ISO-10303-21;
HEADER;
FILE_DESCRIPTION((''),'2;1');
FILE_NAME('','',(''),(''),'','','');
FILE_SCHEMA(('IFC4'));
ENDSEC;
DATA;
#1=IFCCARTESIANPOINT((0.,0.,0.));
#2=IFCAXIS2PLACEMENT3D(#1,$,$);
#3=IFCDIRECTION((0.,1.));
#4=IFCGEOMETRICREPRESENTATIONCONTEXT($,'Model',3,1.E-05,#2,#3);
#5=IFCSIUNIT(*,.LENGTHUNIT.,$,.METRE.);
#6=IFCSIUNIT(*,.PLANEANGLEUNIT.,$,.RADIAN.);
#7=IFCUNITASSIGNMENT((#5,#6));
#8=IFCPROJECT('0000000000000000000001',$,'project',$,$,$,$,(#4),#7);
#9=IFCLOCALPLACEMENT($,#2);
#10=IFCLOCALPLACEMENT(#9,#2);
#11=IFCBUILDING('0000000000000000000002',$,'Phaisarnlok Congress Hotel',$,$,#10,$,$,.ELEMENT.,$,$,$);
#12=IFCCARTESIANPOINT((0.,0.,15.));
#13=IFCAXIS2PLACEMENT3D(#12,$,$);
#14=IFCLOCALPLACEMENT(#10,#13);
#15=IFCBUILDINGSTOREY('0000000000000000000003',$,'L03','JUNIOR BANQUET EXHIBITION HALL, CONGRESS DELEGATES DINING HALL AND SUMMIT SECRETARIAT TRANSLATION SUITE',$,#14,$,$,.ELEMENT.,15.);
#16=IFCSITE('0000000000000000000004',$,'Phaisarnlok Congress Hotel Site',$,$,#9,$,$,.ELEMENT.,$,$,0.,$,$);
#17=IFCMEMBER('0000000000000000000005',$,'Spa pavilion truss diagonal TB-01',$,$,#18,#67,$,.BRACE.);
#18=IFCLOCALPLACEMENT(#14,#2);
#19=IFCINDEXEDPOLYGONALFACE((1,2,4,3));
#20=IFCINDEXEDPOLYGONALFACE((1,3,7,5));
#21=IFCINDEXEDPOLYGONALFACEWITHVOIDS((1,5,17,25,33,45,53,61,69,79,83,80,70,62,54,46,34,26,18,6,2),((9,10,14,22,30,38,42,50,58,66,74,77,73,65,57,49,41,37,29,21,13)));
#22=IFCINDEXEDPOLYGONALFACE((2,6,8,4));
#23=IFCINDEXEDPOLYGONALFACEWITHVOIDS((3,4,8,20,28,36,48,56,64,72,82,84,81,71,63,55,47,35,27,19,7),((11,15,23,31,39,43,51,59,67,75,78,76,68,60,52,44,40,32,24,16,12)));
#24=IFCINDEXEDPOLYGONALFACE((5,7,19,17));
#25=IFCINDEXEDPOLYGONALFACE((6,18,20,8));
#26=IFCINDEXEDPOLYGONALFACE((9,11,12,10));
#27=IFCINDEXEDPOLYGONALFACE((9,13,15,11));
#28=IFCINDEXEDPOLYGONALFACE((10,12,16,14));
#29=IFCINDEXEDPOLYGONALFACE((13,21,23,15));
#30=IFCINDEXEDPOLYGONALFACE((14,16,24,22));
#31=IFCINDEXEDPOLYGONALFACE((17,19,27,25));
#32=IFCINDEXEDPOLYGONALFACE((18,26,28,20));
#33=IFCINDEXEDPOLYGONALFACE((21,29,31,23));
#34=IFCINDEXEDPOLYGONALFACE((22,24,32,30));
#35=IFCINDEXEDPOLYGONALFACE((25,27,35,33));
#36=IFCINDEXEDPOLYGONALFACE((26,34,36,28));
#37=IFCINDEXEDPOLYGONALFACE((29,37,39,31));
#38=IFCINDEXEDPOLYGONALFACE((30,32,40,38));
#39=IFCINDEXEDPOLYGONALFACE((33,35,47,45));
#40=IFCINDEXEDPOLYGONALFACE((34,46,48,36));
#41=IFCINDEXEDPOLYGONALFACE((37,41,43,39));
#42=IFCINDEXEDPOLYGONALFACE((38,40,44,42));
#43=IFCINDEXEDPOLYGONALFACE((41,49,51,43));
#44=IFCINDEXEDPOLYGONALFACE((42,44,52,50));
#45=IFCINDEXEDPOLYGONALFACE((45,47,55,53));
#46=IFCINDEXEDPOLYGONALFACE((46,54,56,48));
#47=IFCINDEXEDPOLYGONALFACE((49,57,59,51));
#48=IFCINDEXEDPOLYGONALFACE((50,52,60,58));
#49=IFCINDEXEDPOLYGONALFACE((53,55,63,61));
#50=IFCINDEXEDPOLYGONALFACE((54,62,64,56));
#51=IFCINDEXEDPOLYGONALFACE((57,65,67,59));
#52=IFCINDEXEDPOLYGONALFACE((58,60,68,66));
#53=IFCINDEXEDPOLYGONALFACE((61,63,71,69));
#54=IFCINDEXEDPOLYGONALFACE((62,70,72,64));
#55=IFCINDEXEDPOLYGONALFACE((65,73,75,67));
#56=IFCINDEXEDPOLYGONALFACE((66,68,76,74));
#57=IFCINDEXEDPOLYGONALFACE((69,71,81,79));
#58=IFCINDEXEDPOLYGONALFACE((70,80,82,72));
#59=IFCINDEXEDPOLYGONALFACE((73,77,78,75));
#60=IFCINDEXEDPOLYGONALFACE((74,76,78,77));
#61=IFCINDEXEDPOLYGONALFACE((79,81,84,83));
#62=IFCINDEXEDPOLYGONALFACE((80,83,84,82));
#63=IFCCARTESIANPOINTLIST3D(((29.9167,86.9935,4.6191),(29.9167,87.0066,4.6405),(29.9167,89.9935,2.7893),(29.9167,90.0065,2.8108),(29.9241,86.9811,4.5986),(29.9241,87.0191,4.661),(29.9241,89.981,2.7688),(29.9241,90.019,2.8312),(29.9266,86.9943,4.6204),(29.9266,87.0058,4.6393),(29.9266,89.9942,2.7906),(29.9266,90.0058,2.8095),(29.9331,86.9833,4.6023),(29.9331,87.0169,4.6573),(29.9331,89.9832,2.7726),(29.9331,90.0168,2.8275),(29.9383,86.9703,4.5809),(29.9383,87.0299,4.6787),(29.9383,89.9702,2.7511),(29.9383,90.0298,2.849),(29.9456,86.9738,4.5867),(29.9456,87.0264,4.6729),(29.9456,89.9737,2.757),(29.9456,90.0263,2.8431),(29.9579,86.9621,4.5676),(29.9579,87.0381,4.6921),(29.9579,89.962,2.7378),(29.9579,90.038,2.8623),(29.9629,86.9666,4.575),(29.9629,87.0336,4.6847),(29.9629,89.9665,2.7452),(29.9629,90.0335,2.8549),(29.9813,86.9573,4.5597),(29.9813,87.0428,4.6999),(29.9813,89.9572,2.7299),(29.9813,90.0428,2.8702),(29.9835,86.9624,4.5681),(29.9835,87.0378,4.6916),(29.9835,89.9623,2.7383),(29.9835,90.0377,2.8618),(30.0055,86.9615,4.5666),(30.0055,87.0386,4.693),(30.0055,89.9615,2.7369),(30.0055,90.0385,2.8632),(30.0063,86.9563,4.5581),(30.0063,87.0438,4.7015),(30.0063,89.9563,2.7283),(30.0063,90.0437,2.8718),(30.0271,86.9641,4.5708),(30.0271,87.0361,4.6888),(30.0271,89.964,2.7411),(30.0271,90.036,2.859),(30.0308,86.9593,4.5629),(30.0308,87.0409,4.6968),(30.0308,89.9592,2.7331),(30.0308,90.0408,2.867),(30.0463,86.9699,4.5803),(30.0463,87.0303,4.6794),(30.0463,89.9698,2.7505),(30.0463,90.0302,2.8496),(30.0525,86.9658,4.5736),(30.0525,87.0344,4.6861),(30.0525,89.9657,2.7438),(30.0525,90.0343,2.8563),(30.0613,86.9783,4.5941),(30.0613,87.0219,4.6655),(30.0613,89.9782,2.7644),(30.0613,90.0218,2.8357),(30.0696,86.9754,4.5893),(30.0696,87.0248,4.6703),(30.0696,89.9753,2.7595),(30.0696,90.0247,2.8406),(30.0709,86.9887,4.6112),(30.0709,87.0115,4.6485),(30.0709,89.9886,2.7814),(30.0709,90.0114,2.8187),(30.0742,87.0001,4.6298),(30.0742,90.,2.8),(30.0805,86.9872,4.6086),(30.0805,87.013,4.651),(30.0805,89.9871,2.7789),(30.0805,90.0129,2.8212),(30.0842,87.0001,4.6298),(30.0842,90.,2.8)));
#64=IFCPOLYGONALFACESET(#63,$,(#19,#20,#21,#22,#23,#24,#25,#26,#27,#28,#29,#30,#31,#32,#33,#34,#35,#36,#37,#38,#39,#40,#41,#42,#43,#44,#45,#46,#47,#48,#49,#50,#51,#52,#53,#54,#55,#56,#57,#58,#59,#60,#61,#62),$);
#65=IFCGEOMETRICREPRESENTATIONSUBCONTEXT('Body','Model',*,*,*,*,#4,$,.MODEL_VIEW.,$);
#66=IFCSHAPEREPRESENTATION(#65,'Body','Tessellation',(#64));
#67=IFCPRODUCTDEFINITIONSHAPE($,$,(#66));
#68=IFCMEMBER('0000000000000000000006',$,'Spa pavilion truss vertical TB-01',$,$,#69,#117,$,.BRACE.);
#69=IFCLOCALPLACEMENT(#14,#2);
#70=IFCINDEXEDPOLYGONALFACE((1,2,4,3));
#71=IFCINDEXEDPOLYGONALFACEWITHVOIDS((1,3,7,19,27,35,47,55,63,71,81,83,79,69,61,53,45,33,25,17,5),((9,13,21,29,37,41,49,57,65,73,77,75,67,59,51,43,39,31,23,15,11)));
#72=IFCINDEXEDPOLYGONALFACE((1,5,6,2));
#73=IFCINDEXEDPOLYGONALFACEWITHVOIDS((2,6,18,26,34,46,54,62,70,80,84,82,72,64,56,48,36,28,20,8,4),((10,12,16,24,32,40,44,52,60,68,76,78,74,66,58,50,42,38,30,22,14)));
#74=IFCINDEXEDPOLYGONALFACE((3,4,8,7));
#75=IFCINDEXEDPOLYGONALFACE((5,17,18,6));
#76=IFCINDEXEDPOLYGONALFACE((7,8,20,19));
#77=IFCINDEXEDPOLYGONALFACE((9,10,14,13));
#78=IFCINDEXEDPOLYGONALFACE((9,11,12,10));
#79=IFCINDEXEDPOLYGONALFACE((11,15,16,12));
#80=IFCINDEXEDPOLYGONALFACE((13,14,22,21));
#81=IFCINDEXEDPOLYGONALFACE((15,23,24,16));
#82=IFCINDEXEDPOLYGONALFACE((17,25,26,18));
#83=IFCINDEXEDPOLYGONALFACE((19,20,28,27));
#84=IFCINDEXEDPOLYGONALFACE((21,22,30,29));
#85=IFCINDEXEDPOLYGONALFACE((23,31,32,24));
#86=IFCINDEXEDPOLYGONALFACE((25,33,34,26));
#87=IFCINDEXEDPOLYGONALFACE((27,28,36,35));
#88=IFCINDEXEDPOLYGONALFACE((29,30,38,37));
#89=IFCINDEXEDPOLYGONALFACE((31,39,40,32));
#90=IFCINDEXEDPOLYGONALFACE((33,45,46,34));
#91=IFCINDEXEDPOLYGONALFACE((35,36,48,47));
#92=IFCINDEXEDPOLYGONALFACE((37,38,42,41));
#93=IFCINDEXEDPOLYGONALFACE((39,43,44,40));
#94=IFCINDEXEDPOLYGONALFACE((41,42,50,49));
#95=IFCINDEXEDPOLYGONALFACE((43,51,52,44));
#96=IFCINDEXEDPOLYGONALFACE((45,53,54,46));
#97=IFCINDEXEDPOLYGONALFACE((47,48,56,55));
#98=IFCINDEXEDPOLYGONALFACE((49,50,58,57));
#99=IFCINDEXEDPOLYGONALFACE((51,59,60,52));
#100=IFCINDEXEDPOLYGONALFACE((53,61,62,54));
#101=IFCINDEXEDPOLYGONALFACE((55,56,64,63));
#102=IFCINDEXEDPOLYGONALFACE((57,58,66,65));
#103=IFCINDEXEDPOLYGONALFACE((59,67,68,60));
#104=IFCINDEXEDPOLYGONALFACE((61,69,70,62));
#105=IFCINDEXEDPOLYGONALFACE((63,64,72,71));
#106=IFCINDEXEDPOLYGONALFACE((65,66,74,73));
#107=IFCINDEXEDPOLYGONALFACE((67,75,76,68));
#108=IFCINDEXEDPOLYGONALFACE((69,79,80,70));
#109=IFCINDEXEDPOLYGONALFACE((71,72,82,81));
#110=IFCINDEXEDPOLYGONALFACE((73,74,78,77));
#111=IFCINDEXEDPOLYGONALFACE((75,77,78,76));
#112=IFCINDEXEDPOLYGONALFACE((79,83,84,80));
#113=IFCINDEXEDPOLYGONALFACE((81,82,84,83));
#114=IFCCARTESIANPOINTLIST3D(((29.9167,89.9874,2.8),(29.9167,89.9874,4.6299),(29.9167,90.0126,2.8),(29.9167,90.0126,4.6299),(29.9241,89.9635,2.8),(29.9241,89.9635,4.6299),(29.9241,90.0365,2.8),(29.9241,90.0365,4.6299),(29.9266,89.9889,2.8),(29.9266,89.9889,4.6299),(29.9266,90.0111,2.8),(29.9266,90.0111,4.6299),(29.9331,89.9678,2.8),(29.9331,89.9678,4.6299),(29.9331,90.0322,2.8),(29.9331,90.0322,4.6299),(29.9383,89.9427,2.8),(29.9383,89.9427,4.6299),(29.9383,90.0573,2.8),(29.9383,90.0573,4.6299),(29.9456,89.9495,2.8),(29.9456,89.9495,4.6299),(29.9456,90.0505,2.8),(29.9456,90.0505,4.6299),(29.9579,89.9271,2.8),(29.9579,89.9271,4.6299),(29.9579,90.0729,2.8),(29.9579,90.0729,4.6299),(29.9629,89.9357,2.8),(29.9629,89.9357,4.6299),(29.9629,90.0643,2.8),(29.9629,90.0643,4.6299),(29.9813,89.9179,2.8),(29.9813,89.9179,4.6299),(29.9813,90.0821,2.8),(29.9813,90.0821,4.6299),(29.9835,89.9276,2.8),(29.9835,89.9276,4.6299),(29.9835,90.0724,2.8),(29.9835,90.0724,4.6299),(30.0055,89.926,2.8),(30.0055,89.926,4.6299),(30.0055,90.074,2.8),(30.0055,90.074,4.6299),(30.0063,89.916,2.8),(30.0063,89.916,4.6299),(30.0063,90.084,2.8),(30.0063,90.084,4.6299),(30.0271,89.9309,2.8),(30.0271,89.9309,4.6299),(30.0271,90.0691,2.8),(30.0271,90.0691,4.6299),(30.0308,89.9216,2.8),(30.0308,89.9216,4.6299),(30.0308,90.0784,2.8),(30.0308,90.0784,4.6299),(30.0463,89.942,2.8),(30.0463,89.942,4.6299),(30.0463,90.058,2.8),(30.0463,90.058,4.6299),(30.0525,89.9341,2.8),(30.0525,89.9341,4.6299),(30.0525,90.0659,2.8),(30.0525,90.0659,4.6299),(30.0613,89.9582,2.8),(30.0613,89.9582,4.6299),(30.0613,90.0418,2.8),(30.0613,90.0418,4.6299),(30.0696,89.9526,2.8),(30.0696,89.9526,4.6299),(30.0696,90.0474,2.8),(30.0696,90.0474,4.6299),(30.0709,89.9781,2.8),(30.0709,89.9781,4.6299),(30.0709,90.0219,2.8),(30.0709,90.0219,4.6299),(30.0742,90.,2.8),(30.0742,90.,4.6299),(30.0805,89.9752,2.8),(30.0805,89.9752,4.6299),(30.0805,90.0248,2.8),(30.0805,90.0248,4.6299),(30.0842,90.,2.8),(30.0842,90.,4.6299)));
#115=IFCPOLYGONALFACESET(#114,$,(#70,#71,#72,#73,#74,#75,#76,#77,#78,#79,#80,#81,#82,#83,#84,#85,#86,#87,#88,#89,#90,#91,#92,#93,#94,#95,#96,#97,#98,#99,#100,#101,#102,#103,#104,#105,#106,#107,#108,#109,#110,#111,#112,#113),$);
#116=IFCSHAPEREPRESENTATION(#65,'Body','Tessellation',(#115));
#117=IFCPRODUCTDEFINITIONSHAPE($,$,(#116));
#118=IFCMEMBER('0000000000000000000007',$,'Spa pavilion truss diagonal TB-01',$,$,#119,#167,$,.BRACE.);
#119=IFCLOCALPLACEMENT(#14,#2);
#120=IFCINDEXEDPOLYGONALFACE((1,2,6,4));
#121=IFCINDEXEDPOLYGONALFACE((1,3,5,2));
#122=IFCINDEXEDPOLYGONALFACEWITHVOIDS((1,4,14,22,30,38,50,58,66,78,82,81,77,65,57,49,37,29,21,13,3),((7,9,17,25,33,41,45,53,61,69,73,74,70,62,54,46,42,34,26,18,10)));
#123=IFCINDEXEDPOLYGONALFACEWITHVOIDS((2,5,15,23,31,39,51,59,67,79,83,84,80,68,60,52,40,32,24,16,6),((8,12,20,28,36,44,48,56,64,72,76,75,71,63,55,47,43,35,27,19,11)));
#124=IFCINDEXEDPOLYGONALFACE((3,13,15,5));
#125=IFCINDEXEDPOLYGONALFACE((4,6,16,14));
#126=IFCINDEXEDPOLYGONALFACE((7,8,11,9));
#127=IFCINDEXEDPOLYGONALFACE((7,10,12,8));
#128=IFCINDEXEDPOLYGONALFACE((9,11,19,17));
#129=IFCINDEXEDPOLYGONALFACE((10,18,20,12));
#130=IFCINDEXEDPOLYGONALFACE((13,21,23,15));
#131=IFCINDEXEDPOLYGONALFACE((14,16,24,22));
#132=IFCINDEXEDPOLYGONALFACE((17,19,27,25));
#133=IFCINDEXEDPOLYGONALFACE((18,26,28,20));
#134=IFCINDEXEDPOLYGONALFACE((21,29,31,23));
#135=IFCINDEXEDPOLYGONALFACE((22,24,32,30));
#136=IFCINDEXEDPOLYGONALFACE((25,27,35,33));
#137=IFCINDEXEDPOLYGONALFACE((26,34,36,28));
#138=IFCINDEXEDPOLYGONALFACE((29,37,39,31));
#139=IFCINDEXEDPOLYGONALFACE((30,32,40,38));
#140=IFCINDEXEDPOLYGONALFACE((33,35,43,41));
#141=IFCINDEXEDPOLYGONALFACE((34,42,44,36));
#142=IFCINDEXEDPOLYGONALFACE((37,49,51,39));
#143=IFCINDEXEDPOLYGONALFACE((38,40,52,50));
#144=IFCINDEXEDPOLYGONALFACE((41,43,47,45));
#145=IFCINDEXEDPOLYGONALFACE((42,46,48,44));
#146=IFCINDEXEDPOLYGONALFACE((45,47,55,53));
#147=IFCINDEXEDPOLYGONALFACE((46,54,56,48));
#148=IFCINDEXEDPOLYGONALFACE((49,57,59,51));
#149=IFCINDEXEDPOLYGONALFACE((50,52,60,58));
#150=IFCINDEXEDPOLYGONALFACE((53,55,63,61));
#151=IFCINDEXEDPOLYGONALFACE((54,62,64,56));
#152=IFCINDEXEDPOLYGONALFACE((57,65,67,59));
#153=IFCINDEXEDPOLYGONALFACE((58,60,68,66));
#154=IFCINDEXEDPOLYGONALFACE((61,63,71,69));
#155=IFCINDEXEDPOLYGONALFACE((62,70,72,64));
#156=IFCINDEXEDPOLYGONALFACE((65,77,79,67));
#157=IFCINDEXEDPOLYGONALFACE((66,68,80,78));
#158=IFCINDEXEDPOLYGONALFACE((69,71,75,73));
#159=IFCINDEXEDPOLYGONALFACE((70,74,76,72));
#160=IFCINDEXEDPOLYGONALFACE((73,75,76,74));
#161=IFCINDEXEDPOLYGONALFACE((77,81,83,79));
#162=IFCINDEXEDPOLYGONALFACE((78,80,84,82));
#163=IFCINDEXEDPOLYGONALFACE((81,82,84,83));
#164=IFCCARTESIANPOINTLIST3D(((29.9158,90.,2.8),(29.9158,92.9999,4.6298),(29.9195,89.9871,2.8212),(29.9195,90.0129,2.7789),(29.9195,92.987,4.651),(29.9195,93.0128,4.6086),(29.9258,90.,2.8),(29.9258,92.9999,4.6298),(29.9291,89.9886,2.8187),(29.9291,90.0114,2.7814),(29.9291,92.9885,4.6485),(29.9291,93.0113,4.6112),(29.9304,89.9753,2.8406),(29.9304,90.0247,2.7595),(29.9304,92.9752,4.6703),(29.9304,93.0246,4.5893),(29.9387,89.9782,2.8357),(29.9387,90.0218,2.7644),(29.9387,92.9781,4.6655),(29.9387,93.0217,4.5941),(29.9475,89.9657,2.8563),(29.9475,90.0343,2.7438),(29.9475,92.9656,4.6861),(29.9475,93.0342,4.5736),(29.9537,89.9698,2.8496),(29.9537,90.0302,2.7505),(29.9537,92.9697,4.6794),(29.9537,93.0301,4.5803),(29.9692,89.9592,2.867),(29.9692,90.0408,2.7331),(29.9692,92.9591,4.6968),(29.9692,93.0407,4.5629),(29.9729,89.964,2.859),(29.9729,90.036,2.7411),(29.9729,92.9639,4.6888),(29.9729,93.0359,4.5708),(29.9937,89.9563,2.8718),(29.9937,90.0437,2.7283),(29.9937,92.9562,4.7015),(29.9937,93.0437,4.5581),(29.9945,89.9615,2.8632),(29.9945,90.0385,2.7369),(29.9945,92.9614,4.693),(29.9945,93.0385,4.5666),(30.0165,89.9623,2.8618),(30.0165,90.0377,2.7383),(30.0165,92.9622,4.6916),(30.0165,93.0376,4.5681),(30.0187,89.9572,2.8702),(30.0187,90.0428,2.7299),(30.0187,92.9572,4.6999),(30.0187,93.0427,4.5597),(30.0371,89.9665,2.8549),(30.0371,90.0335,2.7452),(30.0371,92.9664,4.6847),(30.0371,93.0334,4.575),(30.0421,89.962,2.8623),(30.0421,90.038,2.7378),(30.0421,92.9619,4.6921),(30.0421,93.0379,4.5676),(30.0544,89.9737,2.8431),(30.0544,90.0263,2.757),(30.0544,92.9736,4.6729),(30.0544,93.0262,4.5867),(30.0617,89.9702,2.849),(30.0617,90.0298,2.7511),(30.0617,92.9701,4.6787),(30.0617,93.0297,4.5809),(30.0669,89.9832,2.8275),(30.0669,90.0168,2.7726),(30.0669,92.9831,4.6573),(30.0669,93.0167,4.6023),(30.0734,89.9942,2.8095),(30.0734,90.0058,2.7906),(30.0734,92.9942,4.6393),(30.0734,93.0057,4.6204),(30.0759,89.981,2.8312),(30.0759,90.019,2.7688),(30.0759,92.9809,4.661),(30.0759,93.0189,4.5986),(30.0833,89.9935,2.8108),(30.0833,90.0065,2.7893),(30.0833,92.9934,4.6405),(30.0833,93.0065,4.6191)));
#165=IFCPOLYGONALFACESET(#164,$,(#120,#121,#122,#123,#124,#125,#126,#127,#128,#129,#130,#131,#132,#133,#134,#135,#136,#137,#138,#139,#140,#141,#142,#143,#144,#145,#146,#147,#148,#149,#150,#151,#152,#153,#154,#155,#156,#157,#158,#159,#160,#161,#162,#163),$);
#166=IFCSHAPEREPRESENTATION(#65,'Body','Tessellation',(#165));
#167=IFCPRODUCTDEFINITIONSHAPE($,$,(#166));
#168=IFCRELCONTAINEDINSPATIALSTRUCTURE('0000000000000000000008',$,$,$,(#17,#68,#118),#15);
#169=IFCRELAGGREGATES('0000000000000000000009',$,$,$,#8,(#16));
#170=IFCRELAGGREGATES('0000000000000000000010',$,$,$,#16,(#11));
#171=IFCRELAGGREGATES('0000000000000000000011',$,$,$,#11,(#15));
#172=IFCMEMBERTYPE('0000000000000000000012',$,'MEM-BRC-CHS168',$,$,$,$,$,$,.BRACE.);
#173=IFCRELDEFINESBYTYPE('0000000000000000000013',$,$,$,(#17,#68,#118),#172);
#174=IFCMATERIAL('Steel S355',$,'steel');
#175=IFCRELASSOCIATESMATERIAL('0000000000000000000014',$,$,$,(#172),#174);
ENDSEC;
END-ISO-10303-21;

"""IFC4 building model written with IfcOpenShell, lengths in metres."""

from ifc_helpers import new_model, si_unit, direction, frame, origin, origin_2d, place, context, subcontext, project, spatial, hollow_circle, extrude, material, material_profile, profile_set, type_object, element, save


model = new_model("IFC4")

# Units and contexts
model_context = context("Model", 3, precision=1e-05, world=origin(), true_north=direction((0.0, 1.0)))
body_context = subcontext(model_context, "Body", "Model", "MODEL_VIEW")
ifc_project = project(units=[si_unit("LENGTHUNIT", "METRE"), si_unit("PLANEANGLEUNIT", "RADIAN")], contexts=[model_context])

# Site, building, storey
site_placement = place(None, origin())
site = spatial("IfcSite", under=ifc_project, at=site_placement, Name="Phaisarnlok Congress Hotel Site", CompositionType="ELEMENT", RefElevation=0.0)
building_placement = place(site_placement, origin())
building = spatial("IfcBuilding", under=site, at=building_placement, Name="Phaisarnlok Congress Hotel", CompositionType="ELEMENT")
storey_placement = place(building_placement, frame((0.0, 0.0, 15.0)))
storey = spatial("IfcBuildingStorey", under=building, at=storey_placement, Name="L03", Description="JUNIOR BANQUET EXHIBITION HALL, CONGRESS DELEGATES DINING HALL AND SUMMIT SECRETARIAT TRANSLATION SUITE", CompositionType="ELEMENT", Elevation=15.0)

# Members
ifc_material_1 = material(Name="Steel S355", Category="steel")
ifc_material_profile_1 = material_profile(ifc_material_1, hollow_circle(Radius=0.0842, WallThickness=0.01, at=origin_2d()), Name="CHS 168.3x10")
ifc_profile_set_1 = profile_set([ifc_material_profile_1], Name="Steel S355")
member_type_1 = type_object("IfcMemberType", Name="MEM-BRC-CHS168", PredefinedType="BRACE", material=ifc_profile_set_1)
for number, where, z_axis, x_axis, name in (
    (1, (30.0, 90.0, 2.8), (0.0, -0.853725, 0.520725), (1.0, 0.0, 0.0), "Spa pavilion truss diagonal TB-01"),
):
    element("IfcMember", number, at=place(storey_placement, frame(where, z_axis=z_axis, x_axis=x_axis)), inside=storey, type_object=member_type_1, Name=name, PredefinedType="BRACE", context=body_context, shape_type="SweptSolid", body=[
        extrude(hollow_circle(Radius=0.0842, WallThickness=0.01, at=origin_2d()), origin(), (0.0, 0.0, 1.0), 3.5139),
    ])
member_1_placement = place(storey_placement, frame((30.0, 90.0, 2.8), z_axis=(0.0, 0.0, 1.0), x_axis=(1.0, 0.0, 0.0)))
element("IfcMember", 2, at=member_1_placement, inside=storey, type_object=member_type_1, Name="Spa pavilion truss vertical TB-01", PredefinedType="BRACE", context=body_context, shape_type="SweptSolid", body=[
    extrude(hollow_circle(Radius=0.0842, WallThickness=0.01, at=origin_2d()), origin(), (0.0, 0.0, 1.0), 1.8298),
])
member_2_placement = place(storey_placement, frame((30.0, 90.0, 2.8), z_axis=(0.0, 0.853725, 0.520725), x_axis=(-1.0, 0.0, 0.0)))
element("IfcMember", 3, at=member_2_placement, inside=storey, type_object=member_type_1, Name="Spa pavilion truss diagonal TB-01", PredefinedType="BRACE", context=body_context, shape_type="SweptSolid", body=[
    extrude(hollow_circle(Radius=0.0842, WallThickness=0.01, at=origin_2d()), origin(), (0.0, 0.0, 1.0), 3.5139),
])

save(model, "model.ifc")
